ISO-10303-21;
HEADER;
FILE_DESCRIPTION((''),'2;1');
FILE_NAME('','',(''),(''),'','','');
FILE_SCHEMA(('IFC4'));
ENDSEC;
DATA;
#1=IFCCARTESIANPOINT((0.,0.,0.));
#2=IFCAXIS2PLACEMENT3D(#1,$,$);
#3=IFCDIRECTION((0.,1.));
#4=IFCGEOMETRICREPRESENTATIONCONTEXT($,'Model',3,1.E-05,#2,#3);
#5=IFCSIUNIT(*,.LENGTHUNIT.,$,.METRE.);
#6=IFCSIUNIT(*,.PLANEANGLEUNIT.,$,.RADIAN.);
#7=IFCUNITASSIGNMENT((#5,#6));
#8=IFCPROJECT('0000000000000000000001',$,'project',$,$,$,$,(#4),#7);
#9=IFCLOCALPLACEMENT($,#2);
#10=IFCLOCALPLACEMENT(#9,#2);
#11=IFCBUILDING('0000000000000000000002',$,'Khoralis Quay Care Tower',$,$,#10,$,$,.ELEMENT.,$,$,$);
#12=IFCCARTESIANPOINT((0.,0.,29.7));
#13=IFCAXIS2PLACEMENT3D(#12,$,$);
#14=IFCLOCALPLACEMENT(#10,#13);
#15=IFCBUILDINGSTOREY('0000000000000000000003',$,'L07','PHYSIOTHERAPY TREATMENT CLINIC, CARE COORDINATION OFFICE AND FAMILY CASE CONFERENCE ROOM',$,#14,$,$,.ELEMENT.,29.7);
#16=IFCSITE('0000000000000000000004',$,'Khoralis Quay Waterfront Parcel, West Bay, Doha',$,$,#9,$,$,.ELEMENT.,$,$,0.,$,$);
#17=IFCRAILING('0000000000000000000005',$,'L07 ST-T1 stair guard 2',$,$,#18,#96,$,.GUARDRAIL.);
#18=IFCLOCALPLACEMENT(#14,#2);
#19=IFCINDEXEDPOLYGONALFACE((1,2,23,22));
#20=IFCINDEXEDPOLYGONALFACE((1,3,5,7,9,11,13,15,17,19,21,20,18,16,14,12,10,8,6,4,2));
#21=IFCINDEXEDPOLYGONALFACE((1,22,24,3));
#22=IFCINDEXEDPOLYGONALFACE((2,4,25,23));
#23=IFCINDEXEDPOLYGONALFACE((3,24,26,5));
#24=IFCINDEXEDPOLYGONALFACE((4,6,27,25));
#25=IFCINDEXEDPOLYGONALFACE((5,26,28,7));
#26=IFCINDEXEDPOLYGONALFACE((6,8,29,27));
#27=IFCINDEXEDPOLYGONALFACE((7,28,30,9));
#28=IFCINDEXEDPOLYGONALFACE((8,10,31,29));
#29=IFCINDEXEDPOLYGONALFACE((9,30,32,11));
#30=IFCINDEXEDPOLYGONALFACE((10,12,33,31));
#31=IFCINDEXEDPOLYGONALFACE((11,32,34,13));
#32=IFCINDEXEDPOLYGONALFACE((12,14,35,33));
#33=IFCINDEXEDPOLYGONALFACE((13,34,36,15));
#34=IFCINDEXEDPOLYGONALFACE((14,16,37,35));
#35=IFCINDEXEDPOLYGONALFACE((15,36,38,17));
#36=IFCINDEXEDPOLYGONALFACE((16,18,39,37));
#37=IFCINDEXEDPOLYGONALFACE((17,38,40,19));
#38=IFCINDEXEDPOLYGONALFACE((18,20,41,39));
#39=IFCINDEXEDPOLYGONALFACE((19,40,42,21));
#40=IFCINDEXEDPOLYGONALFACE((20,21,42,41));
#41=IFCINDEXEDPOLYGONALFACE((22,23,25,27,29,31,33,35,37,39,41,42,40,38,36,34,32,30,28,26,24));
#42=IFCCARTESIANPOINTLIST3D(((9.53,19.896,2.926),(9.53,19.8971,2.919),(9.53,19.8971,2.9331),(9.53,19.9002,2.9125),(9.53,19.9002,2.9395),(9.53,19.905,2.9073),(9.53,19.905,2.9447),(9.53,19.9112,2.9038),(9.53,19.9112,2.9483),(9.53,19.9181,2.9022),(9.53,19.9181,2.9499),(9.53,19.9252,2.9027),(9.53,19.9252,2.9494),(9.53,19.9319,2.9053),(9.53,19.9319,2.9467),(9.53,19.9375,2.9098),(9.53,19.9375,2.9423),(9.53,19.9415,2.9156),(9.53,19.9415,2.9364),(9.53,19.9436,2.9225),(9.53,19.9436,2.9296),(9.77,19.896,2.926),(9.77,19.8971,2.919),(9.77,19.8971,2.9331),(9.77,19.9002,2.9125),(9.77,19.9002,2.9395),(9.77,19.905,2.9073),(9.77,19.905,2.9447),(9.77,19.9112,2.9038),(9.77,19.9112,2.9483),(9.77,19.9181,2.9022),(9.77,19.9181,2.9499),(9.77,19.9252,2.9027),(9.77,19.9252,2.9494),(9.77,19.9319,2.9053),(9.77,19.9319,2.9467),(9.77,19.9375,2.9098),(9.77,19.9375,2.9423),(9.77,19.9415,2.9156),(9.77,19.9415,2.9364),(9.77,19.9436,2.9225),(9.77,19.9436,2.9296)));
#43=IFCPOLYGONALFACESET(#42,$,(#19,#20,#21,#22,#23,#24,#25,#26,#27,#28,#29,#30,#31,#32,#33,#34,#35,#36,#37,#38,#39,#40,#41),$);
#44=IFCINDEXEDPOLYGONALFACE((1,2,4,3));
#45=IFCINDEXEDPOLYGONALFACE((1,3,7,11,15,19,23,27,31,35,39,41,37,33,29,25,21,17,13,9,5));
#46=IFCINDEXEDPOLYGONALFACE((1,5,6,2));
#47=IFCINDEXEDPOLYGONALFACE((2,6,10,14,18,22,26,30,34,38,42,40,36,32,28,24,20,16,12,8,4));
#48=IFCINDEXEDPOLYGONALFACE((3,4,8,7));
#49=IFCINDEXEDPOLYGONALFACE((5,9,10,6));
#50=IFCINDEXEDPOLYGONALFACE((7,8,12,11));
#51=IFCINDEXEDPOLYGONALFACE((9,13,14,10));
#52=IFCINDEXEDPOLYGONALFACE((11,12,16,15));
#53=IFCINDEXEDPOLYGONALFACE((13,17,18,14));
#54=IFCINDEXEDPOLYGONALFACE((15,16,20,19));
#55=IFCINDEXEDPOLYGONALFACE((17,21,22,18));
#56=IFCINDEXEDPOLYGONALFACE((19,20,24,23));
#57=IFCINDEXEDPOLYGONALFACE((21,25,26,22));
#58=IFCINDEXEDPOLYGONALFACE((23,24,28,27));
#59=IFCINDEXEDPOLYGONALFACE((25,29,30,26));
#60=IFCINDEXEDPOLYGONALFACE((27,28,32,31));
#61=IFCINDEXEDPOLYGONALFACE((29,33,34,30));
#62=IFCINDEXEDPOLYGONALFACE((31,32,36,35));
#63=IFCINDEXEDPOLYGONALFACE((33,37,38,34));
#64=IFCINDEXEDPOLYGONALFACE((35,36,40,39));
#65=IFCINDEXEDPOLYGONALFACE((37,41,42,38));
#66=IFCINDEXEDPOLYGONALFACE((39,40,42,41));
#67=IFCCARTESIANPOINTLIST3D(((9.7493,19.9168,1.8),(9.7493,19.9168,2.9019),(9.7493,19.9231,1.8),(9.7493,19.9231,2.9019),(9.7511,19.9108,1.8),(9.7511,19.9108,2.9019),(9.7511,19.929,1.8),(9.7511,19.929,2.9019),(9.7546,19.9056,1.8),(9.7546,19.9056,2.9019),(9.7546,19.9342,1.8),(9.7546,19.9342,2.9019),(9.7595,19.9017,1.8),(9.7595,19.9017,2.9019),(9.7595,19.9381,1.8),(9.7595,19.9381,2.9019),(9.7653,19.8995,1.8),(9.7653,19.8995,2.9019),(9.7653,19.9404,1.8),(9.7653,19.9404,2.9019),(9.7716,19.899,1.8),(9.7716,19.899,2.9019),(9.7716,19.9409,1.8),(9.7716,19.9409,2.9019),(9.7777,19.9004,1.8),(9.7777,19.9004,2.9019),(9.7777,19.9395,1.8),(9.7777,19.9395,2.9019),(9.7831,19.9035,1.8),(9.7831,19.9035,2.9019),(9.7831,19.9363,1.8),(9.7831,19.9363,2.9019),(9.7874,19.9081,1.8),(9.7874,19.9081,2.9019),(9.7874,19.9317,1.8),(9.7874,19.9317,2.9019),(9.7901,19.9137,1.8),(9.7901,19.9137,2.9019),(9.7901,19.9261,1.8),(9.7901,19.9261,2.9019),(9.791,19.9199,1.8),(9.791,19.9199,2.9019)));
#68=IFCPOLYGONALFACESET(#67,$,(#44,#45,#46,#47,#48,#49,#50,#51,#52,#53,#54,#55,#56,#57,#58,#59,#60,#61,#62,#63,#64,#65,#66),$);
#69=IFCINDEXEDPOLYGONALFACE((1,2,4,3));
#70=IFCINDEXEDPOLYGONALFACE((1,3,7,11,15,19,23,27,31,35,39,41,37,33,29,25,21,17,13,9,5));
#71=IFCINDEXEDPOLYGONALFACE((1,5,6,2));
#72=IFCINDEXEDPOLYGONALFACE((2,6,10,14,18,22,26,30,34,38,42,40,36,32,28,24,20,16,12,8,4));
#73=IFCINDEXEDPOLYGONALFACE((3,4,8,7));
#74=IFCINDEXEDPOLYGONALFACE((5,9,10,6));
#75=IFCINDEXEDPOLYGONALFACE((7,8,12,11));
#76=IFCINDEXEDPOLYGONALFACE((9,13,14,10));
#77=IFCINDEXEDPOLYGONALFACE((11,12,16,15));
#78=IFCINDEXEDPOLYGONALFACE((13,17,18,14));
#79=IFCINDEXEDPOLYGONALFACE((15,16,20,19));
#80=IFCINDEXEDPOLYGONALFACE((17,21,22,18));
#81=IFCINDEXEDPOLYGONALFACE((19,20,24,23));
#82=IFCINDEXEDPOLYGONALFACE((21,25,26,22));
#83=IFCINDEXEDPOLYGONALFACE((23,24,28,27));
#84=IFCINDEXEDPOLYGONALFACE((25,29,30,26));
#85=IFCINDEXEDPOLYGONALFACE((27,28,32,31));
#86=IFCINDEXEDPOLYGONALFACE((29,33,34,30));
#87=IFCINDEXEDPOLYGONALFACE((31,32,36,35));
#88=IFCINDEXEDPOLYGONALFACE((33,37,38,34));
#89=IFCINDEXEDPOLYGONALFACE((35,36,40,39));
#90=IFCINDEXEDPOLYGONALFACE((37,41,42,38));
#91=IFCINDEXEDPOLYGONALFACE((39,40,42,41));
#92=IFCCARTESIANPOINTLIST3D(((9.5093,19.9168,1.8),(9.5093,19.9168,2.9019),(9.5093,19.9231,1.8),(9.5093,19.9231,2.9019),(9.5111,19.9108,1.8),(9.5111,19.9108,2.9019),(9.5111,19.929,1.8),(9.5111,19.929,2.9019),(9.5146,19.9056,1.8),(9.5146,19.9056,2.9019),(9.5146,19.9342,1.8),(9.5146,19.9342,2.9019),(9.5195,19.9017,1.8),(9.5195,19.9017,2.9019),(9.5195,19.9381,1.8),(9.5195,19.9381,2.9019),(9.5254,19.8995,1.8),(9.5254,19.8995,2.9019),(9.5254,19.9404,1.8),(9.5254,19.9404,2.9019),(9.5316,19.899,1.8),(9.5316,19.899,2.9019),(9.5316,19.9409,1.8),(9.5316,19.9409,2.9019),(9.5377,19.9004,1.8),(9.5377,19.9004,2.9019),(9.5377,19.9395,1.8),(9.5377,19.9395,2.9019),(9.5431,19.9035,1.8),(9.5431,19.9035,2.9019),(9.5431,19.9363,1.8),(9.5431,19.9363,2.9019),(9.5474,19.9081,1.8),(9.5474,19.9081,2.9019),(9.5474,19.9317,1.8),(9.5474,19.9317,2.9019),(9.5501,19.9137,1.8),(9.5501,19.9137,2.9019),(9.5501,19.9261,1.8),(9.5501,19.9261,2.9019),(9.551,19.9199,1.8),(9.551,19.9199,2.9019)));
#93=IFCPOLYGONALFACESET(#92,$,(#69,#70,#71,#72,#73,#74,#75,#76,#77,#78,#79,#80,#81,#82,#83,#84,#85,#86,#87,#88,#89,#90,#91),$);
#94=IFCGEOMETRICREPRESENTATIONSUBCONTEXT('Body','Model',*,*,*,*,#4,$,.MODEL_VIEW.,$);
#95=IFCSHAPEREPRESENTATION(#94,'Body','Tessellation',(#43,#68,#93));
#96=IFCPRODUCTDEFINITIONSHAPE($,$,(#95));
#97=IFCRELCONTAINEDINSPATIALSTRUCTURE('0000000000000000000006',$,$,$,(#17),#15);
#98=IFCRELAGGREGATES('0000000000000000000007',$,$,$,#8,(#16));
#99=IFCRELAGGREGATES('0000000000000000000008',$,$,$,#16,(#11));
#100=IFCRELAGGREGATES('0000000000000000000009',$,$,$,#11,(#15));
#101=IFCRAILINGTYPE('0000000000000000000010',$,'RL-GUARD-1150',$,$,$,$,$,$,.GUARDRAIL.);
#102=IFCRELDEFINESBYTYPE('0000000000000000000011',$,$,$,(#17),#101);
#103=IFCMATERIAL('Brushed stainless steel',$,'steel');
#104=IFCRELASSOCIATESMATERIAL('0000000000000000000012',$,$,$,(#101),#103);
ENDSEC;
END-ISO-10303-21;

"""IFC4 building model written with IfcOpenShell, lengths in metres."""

from ifc_helpers import new_model, si_unit, direction, frame, origin, origin_2d, place, context, subcontext, project, spatial, circle, extrude, material, type_object, element, save


model = new_model("IFC4")

# Units and contexts
model_context = context("Model", 3, precision=1e-05, world=origin(), true_north=direction((0.0, 1.0)))
body_context = subcontext(model_context, "Body", "Model", "MODEL_VIEW")
ifc_project = project(units=[si_unit("LENGTHUNIT", "METRE"), si_unit("PLANEANGLEUNIT", "RADIAN")], contexts=[model_context])

# Site, building, storey
site_placement = place(None, origin())
site = spatial("IfcSite", under=ifc_project, at=site_placement, Name="Khoralis Quay Waterfront Parcel, West Bay, Doha", CompositionType="ELEMENT", RefElevation=0.0)
building_placement = place(site_placement, origin())
building = spatial("IfcBuilding", under=site, at=building_placement, Name="Khoralis Quay Care Tower", CompositionType="ELEMENT")
storey_placement = place(building_placement, frame((0.0, 0.0, 29.7)))
storey = spatial("IfcBuildingStorey", under=building, at=storey_placement, Name="L07", Description="PHYSIOTHERAPY TREATMENT CLINIC, CARE COORDINATION OFFICE AND FAMILY CASE CONFERENCE ROOM", CompositionType="ELEMENT", Elevation=29.7)

# Shared definitions
ifc_material_1 = material(Name="Brushed stainless steel", Category="steel")

# Railing
railing_type_1 = type_object("IfcRailingType", Name="RL-GUARD-1150", PredefinedType="GUARDRAIL", material=ifc_material_1)
railing_1_placement = place(storey_placement, frame((9.77, 19.9199, 1.8)))
element("IfcRailing", 1, at=railing_1_placement, inside=storey, type_object=railing_type_1, Name="L07 ST-T1 stair guard 2", PredefinedType="GUARDRAIL", context=body_context, shape_type="SweptSolid", body=[
    extrude(circle(Radius=0.0239, at=origin_2d()), frame((0.0, 0.0, 1.126), z_axis=(-1.0, 0.0, 0.0), x_axis=(0.0, -1.0, 0.0)), (0.0, 0.0, 1.0), 0.24),
    extrude(circle(Radius=0.021, at=origin_2d()), origin(), (0.0, 0.0, 1.0), 1.1018),
    extrude(circle(Radius=0.021, at=origin_2d()), frame((-0.24, 0.0, 0.0)), (0.0, 0.0, 1.0), 1.1018),
])

save(model, "model.ifc")
